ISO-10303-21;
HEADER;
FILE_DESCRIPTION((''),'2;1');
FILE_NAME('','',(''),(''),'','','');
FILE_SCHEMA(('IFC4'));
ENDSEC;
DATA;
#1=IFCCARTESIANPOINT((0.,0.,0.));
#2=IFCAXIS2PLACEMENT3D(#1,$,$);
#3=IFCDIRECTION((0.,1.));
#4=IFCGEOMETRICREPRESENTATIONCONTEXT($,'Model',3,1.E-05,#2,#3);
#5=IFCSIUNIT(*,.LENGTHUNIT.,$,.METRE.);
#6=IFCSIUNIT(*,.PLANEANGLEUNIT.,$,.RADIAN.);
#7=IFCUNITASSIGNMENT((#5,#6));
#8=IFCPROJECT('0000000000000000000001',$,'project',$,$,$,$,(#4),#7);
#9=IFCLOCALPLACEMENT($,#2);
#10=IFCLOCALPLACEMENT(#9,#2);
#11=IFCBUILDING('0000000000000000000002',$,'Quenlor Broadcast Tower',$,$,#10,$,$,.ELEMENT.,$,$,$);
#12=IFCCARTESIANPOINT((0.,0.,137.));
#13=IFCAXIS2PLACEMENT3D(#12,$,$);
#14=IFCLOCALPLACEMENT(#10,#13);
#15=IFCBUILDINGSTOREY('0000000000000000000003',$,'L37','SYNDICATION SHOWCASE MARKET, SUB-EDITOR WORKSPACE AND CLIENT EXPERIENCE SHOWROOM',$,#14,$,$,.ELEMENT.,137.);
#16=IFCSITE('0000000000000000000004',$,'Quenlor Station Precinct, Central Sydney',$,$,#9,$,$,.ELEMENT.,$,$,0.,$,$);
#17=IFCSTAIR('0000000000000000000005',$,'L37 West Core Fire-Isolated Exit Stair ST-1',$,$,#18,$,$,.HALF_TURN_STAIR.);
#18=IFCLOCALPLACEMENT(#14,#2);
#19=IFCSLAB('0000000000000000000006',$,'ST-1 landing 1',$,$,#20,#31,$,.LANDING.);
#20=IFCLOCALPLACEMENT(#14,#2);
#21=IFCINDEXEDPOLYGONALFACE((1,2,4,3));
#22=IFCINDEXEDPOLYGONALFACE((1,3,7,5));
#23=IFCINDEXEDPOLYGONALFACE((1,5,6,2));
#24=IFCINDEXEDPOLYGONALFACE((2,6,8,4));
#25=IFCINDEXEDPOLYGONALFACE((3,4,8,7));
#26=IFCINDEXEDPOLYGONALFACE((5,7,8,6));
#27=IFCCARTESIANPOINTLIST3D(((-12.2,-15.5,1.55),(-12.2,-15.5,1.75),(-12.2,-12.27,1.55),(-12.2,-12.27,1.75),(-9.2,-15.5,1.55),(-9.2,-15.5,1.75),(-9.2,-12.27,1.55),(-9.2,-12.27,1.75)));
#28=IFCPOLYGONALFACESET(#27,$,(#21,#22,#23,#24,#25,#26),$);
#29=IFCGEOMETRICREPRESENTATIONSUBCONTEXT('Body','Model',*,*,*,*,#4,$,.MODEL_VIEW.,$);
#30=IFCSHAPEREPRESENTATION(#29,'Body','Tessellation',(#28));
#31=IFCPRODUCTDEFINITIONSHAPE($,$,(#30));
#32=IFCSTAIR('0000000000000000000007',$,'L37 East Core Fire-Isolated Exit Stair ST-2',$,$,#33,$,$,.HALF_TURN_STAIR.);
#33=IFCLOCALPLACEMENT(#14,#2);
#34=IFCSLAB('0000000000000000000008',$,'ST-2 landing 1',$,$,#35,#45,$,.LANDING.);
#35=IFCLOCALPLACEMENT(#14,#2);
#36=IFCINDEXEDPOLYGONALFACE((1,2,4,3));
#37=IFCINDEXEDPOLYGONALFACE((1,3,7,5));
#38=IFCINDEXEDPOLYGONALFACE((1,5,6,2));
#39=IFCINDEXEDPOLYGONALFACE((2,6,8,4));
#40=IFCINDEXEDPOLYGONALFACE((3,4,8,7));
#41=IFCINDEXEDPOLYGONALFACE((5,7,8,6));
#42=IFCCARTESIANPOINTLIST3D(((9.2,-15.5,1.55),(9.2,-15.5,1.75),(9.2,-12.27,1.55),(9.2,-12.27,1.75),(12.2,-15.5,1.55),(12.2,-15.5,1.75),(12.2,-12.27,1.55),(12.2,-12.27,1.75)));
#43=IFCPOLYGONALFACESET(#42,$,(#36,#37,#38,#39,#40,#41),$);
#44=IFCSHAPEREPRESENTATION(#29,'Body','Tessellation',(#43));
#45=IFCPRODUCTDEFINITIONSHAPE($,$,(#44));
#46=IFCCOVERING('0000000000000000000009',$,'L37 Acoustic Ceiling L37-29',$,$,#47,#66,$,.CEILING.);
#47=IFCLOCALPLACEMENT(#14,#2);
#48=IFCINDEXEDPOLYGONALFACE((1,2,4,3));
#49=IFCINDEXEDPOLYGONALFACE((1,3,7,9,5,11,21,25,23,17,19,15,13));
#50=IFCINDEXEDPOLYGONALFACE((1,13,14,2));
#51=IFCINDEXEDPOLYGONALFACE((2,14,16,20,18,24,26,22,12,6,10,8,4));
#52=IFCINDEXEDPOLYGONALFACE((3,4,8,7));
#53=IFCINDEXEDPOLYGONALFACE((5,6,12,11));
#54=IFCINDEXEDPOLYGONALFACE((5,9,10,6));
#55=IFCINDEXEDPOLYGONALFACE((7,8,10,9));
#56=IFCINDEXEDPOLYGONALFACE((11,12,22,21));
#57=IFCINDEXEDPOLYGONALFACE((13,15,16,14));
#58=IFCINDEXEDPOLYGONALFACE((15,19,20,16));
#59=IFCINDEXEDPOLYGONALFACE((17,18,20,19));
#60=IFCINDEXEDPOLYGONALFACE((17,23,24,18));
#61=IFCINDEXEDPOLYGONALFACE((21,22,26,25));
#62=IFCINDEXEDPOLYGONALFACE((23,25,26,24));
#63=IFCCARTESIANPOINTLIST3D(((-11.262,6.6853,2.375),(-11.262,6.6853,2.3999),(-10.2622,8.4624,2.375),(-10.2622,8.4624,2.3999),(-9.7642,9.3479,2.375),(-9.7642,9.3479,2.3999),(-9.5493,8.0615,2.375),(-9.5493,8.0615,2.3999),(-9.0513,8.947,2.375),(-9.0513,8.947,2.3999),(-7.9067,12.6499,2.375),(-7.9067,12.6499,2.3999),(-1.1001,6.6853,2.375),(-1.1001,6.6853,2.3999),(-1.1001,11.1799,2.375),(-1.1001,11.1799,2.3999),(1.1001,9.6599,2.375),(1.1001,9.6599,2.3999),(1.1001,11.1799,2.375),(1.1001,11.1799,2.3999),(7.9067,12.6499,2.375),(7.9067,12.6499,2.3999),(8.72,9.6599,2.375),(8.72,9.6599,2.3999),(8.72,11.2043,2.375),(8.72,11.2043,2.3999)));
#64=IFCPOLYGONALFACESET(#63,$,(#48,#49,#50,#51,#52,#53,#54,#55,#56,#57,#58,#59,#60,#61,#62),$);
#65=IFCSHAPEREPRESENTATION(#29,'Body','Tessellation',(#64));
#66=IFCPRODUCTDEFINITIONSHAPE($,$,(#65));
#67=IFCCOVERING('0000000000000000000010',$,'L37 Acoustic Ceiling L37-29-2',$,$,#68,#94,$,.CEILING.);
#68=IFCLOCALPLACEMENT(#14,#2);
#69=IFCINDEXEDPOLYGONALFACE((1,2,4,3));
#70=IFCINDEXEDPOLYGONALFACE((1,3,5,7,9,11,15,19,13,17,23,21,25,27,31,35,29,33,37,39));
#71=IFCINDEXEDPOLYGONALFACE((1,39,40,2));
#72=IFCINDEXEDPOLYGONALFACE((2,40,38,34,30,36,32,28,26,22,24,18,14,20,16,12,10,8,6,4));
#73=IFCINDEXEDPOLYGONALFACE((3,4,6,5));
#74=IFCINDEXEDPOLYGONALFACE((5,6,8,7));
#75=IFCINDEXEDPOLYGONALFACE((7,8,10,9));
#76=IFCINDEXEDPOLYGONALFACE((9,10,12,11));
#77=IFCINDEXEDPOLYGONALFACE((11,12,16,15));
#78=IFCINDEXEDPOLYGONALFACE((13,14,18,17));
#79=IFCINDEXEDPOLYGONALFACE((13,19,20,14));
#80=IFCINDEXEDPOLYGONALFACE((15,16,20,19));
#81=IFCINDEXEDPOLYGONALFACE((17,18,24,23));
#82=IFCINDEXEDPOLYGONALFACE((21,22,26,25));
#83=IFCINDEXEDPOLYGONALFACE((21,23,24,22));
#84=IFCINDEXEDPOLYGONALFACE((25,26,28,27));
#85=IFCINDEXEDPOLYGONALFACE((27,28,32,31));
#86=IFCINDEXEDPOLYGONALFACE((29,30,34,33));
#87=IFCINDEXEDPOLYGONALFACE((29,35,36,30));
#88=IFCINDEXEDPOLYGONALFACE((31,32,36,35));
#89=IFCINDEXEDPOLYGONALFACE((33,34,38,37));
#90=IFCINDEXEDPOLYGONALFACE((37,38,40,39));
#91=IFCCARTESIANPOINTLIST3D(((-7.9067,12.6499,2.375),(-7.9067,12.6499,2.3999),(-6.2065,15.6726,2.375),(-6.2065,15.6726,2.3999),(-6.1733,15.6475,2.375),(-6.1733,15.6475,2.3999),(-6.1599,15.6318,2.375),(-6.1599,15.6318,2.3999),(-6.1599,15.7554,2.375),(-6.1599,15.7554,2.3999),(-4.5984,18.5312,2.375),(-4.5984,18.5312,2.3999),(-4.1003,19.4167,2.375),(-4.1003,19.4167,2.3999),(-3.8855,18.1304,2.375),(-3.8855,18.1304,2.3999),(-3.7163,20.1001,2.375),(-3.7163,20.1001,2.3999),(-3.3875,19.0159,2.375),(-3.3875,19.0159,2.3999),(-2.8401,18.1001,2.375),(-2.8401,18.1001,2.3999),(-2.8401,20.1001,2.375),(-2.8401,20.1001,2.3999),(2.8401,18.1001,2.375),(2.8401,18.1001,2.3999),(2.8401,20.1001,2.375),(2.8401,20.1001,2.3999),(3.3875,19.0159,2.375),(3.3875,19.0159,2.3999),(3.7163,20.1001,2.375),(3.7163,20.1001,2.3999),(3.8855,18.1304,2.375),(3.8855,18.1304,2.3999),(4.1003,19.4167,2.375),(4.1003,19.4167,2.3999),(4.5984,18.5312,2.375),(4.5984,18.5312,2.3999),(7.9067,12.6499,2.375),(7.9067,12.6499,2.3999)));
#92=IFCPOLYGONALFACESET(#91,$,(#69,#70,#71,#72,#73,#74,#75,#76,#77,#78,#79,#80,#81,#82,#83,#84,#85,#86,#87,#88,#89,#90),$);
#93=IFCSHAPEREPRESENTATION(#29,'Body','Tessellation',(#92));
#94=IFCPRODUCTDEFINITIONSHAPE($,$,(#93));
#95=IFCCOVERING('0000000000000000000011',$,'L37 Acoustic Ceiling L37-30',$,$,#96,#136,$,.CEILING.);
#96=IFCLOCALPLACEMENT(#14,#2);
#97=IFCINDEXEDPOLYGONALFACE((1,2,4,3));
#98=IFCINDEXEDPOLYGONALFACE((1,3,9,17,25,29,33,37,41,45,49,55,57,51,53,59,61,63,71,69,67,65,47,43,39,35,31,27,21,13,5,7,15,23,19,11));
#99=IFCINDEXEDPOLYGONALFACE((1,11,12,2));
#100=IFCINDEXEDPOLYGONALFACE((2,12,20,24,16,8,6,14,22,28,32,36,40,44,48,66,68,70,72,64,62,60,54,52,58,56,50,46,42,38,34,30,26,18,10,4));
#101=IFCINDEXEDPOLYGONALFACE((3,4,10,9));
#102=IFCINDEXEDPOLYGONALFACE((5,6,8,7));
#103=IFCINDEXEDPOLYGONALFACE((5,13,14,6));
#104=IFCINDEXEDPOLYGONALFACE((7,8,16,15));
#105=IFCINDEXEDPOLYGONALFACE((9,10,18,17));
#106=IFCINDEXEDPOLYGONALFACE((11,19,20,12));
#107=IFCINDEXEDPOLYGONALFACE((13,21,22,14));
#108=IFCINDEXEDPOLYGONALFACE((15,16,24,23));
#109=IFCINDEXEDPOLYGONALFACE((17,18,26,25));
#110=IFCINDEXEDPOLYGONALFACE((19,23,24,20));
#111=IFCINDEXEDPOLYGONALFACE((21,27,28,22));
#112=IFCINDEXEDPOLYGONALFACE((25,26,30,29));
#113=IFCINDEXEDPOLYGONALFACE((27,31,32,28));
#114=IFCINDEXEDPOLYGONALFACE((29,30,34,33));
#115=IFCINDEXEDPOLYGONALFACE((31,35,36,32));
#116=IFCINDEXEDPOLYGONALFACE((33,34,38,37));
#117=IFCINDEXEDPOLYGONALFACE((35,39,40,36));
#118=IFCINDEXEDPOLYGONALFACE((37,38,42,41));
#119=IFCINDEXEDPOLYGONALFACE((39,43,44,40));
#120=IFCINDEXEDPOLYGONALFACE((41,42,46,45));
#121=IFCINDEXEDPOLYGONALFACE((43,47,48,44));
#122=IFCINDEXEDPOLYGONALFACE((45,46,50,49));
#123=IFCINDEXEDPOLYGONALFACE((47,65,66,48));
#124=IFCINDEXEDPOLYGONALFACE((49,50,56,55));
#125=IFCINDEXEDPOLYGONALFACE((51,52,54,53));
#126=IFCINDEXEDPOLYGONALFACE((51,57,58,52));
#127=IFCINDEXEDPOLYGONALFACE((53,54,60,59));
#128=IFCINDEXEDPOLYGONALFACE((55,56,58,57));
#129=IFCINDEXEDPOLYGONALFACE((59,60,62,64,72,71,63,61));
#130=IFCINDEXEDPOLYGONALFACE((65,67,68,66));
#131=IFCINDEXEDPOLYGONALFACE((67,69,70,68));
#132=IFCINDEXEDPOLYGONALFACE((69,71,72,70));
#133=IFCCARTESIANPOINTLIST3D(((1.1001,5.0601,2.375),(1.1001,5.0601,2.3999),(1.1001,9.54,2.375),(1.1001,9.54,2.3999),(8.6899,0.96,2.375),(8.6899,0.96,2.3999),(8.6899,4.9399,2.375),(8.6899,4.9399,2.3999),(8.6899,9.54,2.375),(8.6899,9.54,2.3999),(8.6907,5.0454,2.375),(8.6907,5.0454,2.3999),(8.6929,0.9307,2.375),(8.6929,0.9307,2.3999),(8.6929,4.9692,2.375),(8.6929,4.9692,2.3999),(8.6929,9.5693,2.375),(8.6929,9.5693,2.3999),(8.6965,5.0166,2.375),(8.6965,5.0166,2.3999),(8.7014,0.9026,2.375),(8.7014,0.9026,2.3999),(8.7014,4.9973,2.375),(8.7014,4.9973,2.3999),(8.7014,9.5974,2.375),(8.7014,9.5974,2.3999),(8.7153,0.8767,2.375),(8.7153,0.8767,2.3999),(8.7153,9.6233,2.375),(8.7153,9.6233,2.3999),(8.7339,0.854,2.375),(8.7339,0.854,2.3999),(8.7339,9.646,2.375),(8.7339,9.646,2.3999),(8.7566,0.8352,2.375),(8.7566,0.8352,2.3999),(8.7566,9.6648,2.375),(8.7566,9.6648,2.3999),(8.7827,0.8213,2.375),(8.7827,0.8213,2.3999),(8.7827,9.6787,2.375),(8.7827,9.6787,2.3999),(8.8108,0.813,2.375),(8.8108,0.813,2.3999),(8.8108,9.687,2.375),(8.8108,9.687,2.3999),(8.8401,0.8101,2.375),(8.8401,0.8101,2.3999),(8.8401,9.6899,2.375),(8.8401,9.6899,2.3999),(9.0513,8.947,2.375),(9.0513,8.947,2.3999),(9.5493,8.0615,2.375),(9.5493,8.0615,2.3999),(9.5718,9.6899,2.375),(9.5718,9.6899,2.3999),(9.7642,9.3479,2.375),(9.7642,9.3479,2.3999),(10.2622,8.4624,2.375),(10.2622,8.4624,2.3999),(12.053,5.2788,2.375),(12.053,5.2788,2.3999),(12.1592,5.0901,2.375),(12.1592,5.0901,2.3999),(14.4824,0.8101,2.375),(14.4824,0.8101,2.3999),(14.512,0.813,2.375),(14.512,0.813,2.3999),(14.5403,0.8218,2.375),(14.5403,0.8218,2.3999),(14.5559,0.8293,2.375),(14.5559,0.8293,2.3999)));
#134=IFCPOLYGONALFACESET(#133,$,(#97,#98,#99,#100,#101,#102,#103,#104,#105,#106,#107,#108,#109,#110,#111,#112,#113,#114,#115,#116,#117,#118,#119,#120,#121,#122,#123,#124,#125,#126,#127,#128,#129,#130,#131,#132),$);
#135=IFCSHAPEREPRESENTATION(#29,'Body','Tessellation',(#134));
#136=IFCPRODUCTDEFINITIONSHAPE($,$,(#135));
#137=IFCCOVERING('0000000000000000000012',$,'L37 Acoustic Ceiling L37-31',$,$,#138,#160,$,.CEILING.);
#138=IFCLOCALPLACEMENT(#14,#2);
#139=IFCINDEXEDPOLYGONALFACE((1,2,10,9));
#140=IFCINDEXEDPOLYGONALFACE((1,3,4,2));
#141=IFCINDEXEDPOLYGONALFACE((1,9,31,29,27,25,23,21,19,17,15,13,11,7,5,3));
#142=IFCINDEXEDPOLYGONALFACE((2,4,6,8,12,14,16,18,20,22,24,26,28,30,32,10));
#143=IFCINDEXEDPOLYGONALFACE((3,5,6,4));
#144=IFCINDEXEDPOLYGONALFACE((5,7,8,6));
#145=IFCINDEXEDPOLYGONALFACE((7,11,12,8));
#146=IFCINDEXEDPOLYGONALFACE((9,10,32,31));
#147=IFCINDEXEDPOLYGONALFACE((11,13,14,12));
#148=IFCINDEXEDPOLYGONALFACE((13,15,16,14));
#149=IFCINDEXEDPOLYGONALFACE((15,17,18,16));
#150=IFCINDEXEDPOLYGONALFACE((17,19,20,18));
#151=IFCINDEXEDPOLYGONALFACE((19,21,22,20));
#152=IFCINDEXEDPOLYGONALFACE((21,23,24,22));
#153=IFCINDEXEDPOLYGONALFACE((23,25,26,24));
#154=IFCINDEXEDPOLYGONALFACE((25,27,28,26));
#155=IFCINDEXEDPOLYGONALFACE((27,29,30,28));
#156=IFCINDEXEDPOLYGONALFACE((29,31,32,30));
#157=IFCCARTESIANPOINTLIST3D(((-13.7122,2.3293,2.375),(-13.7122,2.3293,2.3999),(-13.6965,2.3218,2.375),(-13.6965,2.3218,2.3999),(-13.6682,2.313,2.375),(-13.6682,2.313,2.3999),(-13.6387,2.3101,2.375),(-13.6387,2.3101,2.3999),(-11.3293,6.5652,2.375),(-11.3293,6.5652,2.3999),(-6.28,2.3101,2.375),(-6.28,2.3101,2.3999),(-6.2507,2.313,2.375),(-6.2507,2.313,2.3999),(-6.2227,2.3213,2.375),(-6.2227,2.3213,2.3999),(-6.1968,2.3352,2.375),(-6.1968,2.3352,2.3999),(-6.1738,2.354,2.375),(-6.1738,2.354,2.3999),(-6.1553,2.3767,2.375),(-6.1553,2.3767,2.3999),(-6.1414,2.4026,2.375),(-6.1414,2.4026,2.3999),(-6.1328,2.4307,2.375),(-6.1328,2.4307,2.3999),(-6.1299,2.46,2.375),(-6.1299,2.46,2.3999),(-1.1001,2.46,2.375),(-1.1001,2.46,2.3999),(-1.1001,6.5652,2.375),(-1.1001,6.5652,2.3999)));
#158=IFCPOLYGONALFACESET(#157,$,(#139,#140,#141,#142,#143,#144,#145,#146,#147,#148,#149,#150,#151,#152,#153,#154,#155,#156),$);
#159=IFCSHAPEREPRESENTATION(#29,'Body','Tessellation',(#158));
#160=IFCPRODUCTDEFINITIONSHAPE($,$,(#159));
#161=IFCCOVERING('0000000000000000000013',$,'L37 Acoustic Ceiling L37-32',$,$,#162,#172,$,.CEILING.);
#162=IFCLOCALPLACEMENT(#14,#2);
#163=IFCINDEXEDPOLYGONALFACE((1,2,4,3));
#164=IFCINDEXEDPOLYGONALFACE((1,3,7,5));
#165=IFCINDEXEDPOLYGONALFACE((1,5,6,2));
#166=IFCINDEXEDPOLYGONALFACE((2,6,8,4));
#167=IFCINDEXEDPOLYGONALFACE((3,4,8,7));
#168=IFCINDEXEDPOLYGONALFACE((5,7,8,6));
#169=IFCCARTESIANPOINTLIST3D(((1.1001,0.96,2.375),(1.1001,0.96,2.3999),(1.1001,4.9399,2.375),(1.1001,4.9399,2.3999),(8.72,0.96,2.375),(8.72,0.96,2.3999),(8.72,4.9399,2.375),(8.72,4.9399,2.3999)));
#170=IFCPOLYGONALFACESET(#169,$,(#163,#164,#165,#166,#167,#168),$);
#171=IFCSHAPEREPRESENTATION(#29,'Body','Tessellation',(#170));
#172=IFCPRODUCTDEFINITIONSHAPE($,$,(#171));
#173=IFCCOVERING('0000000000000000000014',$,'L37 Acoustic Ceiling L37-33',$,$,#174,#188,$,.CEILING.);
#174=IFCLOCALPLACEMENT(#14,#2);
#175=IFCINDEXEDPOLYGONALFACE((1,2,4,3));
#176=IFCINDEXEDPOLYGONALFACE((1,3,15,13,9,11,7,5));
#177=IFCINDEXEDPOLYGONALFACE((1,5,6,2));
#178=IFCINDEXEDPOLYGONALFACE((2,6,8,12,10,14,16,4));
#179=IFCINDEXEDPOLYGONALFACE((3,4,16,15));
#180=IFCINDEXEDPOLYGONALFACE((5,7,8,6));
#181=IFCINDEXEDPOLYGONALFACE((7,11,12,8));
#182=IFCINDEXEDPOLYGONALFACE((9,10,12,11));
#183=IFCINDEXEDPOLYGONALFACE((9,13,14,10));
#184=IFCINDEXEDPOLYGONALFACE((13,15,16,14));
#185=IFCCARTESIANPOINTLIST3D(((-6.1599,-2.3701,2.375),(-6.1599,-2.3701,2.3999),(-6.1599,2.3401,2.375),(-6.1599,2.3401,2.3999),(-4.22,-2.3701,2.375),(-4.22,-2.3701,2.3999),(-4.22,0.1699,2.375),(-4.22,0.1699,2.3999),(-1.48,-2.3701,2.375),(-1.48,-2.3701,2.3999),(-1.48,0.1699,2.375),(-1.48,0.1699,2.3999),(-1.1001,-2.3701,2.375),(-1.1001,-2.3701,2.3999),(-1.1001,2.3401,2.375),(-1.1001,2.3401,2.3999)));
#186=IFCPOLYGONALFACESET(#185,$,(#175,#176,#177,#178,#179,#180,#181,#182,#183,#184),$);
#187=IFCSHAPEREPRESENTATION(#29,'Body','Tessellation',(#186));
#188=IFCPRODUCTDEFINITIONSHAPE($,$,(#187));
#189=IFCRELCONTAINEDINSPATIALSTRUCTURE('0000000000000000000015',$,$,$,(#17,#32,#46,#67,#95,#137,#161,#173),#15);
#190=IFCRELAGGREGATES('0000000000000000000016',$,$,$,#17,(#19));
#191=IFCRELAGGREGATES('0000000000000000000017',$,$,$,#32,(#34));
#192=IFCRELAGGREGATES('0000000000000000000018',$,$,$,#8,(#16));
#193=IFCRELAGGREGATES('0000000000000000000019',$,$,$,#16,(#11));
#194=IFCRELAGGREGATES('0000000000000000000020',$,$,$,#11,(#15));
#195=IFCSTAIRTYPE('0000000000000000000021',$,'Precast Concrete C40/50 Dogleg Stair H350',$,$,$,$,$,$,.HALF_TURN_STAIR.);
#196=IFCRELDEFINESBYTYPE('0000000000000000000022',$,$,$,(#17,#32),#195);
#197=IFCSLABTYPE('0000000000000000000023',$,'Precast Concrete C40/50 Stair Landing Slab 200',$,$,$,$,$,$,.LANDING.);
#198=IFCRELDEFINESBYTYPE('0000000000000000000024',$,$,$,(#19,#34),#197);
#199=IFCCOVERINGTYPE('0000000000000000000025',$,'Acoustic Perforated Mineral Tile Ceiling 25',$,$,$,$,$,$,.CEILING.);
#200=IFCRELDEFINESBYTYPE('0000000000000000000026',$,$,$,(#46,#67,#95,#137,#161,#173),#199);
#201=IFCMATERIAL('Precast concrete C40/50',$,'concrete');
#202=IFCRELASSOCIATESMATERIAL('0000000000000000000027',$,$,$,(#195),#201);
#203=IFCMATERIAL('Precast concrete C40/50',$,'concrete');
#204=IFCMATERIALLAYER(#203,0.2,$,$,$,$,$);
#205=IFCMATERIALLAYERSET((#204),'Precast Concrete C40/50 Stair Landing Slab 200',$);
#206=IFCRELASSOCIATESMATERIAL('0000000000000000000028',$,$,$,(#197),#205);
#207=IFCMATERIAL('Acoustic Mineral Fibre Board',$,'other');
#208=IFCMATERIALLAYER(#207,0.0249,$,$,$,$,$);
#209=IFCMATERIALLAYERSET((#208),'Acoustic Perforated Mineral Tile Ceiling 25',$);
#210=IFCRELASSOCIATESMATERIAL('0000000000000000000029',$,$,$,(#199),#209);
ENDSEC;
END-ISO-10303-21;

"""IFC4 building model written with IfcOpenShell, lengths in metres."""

from ifc_helpers import new_model, si_unit, direction, frame, origin, place, context, subcontext, project, spatial, polyline, outline, extrude, material, layer, layer_set, type_object, element, aggregate, save


model = new_model("IFC4")

# Units and contexts
model_context = context("Model", 3, precision=1e-05, world=origin(), true_north=direction((0.0, 1.0)))
body_context = subcontext(model_context, "Body", "Model", "MODEL_VIEW")
ifc_project = project(units=[si_unit("LENGTHUNIT", "METRE"), si_unit("PLANEANGLEUNIT", "RADIAN")], contexts=[model_context])

# Site, building, storey
site_placement = place(None, origin())
site = spatial("IfcSite", under=ifc_project, at=site_placement, Name="Quenlor Station Precinct, Central Sydney", CompositionType="ELEMENT", RefElevation=0.0)
building_placement = place(site_placement, origin())
building = spatial("IfcBuilding", under=site, at=building_placement, Name="Quenlor Broadcast Tower", CompositionType="ELEMENT")
storey_placement = place(building_placement, frame((0.0, 0.0, 137.0)))
storey = spatial("IfcBuildingStorey", under=building, at=storey_placement, Name="L37", Description="SYNDICATION SHOWCASE MARKET, SUB-EDITOR WORKSPACE AND CLIENT EXPERIENCE SHOWROOM", CompositionType="ELEMENT", Elevation=137.0)

# Stairs, slabs
ifc_material_1 = material(Name="Precast concrete C40/50", Category="concrete")
stair_type = type_object("IfcStairType", Name="Precast Concrete C40/50 Dogleg Stair H350", PredefinedType="HALF_TURN_STAIR", material=ifc_material_1)
stair_1_placement = place(storey_placement, origin())
stair_1 = element("IfcStair", 1, at=stair_1_placement, inside=storey, type_object=stair_type, Name="L37 West Core Fire-Isolated Exit Stair ST-1", PredefinedType="HALF_TURN_STAIR")
ifc_material_2 = material(Name="Precast concrete C40/50", Category="concrete")
ifc_layer_1 = layer(ifc_material_2, 0.2)
ifc_layer_set_1 = layer_set([ifc_layer_1], Name="Precast Concrete C40/50 Stair Landing Slab 200")
slab_type = type_object("IfcSlabType", Name="Precast Concrete C40/50 Stair Landing Slab 200", PredefinedType="LANDING", material=ifc_layer_set_1)
slab_1_placement = place(storey_placement, frame((0.0, 0.0, 1.55)))
slab_1 = element("IfcSlab", 2, at=slab_1_placement, type_object=slab_type, Name="ST-1 landing 1", PredefinedType="LANDING", context=body_context, shape_type="SweptSolid", body=[
    extrude(outline(polyline([(-12.2, -12.27), (-12.2, -15.5), (-9.2, -15.5), (-9.2, -12.27), (-12.2, -12.27)])), origin(), (0.0, 0.0, 1.0), 0.2),
])
aggregate(stair_1, [slab_1])
stair_2_placement = place(storey_placement, origin())
stair_2 = element("IfcStair", 3, at=stair_2_placement, inside=storey, type_object=stair_type, Name="L37 East Core Fire-Isolated Exit Stair ST-2", PredefinedType="HALF_TURN_STAIR")
slab_2_placement = place(storey_placement, frame((0.0, 0.0, 1.55)))
slab_2 = element("IfcSlab", 4, at=slab_2_placement, type_object=slab_type, Name="ST-2 landing 1", PredefinedType="LANDING", context=body_context, shape_type="SweptSolid", body=[
    extrude(outline(polyline([(9.2, -12.27), (9.2, -15.5), (12.2, -15.5), (12.2, -12.27), (9.2, -12.27)])), origin(), (0.0, 0.0, 1.0), 0.2),
])
aggregate(stair_2, [slab_2])

# Coverings
ifc_material_3 = material(Name="Acoustic Mineral Fibre Board", Category="other")
ifc_layer_2 = layer(ifc_material_3, 0.0249)
ifc_layer_set_2 = layer_set([ifc_layer_2], Name="Acoustic Perforated Mineral Tile Ceiling 25")
covering_type_1 = type_object("IfcCoveringType", Name="Acoustic Perforated Mineral Tile Ceiling 25", PredefinedType="CEILING", material=ifc_layer_set_2)
covering_1_placement = place(storey_placement, frame((0.0, 0.0, 2.375)))
element("IfcCovering", 5, at=covering_1_placement, inside=storey, type_object=covering_type_1, Name="L37 Acoustic Ceiling L37-29", PredefinedType="CEILING", context=body_context, shape_type="SweptSolid", body=[
    extrude(outline(polyline([(8.72, 11.2043), (8.72, 9.6599), (1.1001, 9.6599), (1.1001, 11.1799), (-1.1001, 11.1799), (-1.1001, 6.6853), (-11.262, 6.6853), (-10.2622, 8.4624), (-9.5493, 8.0615), (-9.0513, 8.947), (-9.7642, 9.3479), (-7.9067, 12.6499), (7.9067, 12.6499), (8.72, 11.2043)])), origin(), (0.0, 0.0, 1.0), 0.0249),
])
covering_2_placement = place(storey_placement, frame((0.0, 0.0, 2.375)))
element("IfcCovering", 6, at=covering_2_placement, inside=storey, type_object=covering_type_1, Name="L37 Acoustic Ceiling L37-29-2", PredefinedType="CEILING", context=body_context, shape_type="SweptSolid", body=[
    extrude(outline(polyline([(-6.1599, 15.7554), (-4.5984, 18.5312), (-3.8855, 18.1304), (-3.3875, 19.0159), (-4.1003, 19.4167), (-3.7163, 20.1001), (-2.8401, 20.1001), (-2.8401, 18.1001), (2.8401, 18.1001), (2.8401, 20.1001), (3.7163, 20.1001), (4.1003, 19.4167), (3.3875, 19.0159), (3.8855, 18.1304), (4.5984, 18.5312), (7.9067, 12.6499), (-7.9067, 12.6499), (-6.2065, 15.6726), (-6.1733, 15.6475), (-6.1599, 15.6318), (-6.1599, 15.7554)])), origin(), (0.0, 0.0, 1.0), 0.0249),
])
covering_3_placement = place(storey_placement, frame((0.0, 0.0, 2.375)))
element("IfcCovering", 7, at=covering_3_placement, inside=storey, type_object=covering_type_1, Name="L37 Acoustic Ceiling L37-30", PredefinedType="CEILING", context=body_context, shape_type="SweptSolid", body=[
    extrude(outline(polyline([(14.4824, 0.8101), (8.8401, 0.8101), (8.8108, 0.813), (8.7827, 0.8213), (8.7566, 0.8352), (8.7339, 0.854), (8.7153, 0.8767), (8.7014, 0.9026), (8.6929, 0.9307), (8.6899, 0.96), (8.6899, 4.9399), (8.6929, 4.9692), (8.7014, 4.9973), (8.6965, 5.0166), (8.6907, 5.0454), (1.1001, 5.0601), (1.1001, 9.54), (8.6899, 9.54), (8.6929, 9.5693), (8.7014, 9.5974), (8.7153, 9.6233), (8.7339, 9.646), (8.7566, 9.6648), (8.7827, 9.6787), (8.8108, 9.687), (8.8401, 9.6899), (9.5718, 9.6899), (9.7642, 9.3479), (9.0513, 8.947), (9.5493, 8.0615), (10.2622, 8.4624), (12.053, 5.2788), (12.1592, 5.0901), (14.5559, 0.8293), (14.5403, 0.8218), (14.512, 0.813), (14.4824, 0.8101)])), origin(), (0.0, 0.0, 1.0), 0.0249),
])
covering_4_placement = place(storey_placement, frame((0.0, 0.0, 2.375)))
element("IfcCovering", 8, at=covering_4_placement, inside=storey, type_object=covering_type_1, Name="L37 Acoustic Ceiling L37-31", PredefinedType="CEILING", context=body_context, shape_type="SweptSolid", body=[
    extrude(outline(polyline([(-6.1414, 2.4026), (-6.1553, 2.3767), (-6.1738, 2.354), (-6.1968, 2.3352), (-6.2227, 2.3213), (-6.2507, 2.313), (-6.28, 2.3101), (-13.6387, 2.3101), (-13.6682, 2.313), (-13.6965, 2.3218), (-13.7122, 2.3293), (-11.3293, 6.5652), (-1.1001, 6.5652), (-1.1001, 2.46), (-6.1299, 2.46), (-6.1328, 2.4307), (-6.1414, 2.4026)])), origin(), (0.0, 0.0, 1.0), 0.0249),
])
covering_5_placement = place(storey_placement, frame((0.0, 0.0, 2.375)))
element("IfcCovering", 9, at=covering_5_placement, inside=storey, type_object=covering_type_1, Name="L37 Acoustic Ceiling L37-32", PredefinedType="CEILING", context=body_context, shape_type="SweptSolid", body=[
    extrude(outline(polyline([(1.1001, 0.96), (1.1001, 4.9399), (8.72, 4.9399), (8.72, 0.96), (1.1001, 0.96)])), origin(), (0.0, 0.0, 1.0), 0.0249),
])
covering_6_placement = place(storey_placement, frame((0.0, 0.0, 2.375)))
element("IfcCovering", 10, at=covering_6_placement, inside=storey, type_object=covering_type_1, Name="L37 Acoustic Ceiling L37-33", PredefinedType="CEILING", context=body_context, shape_type="SweptSolid", body=[
    extrude(outline(polyline([(-4.22, 0.1699), (-4.22, -2.3701), (-6.1599, -2.3701), (-6.1599, 2.3401), (-1.1001, 2.3401), (-1.1001, -2.3701), (-1.48, -2.3701), (-1.48, 0.1699), (-4.22, 0.1699)])), origin(), (0.0, 0.0, 1.0), 0.0249),
])

save(model, "model.ifc")
